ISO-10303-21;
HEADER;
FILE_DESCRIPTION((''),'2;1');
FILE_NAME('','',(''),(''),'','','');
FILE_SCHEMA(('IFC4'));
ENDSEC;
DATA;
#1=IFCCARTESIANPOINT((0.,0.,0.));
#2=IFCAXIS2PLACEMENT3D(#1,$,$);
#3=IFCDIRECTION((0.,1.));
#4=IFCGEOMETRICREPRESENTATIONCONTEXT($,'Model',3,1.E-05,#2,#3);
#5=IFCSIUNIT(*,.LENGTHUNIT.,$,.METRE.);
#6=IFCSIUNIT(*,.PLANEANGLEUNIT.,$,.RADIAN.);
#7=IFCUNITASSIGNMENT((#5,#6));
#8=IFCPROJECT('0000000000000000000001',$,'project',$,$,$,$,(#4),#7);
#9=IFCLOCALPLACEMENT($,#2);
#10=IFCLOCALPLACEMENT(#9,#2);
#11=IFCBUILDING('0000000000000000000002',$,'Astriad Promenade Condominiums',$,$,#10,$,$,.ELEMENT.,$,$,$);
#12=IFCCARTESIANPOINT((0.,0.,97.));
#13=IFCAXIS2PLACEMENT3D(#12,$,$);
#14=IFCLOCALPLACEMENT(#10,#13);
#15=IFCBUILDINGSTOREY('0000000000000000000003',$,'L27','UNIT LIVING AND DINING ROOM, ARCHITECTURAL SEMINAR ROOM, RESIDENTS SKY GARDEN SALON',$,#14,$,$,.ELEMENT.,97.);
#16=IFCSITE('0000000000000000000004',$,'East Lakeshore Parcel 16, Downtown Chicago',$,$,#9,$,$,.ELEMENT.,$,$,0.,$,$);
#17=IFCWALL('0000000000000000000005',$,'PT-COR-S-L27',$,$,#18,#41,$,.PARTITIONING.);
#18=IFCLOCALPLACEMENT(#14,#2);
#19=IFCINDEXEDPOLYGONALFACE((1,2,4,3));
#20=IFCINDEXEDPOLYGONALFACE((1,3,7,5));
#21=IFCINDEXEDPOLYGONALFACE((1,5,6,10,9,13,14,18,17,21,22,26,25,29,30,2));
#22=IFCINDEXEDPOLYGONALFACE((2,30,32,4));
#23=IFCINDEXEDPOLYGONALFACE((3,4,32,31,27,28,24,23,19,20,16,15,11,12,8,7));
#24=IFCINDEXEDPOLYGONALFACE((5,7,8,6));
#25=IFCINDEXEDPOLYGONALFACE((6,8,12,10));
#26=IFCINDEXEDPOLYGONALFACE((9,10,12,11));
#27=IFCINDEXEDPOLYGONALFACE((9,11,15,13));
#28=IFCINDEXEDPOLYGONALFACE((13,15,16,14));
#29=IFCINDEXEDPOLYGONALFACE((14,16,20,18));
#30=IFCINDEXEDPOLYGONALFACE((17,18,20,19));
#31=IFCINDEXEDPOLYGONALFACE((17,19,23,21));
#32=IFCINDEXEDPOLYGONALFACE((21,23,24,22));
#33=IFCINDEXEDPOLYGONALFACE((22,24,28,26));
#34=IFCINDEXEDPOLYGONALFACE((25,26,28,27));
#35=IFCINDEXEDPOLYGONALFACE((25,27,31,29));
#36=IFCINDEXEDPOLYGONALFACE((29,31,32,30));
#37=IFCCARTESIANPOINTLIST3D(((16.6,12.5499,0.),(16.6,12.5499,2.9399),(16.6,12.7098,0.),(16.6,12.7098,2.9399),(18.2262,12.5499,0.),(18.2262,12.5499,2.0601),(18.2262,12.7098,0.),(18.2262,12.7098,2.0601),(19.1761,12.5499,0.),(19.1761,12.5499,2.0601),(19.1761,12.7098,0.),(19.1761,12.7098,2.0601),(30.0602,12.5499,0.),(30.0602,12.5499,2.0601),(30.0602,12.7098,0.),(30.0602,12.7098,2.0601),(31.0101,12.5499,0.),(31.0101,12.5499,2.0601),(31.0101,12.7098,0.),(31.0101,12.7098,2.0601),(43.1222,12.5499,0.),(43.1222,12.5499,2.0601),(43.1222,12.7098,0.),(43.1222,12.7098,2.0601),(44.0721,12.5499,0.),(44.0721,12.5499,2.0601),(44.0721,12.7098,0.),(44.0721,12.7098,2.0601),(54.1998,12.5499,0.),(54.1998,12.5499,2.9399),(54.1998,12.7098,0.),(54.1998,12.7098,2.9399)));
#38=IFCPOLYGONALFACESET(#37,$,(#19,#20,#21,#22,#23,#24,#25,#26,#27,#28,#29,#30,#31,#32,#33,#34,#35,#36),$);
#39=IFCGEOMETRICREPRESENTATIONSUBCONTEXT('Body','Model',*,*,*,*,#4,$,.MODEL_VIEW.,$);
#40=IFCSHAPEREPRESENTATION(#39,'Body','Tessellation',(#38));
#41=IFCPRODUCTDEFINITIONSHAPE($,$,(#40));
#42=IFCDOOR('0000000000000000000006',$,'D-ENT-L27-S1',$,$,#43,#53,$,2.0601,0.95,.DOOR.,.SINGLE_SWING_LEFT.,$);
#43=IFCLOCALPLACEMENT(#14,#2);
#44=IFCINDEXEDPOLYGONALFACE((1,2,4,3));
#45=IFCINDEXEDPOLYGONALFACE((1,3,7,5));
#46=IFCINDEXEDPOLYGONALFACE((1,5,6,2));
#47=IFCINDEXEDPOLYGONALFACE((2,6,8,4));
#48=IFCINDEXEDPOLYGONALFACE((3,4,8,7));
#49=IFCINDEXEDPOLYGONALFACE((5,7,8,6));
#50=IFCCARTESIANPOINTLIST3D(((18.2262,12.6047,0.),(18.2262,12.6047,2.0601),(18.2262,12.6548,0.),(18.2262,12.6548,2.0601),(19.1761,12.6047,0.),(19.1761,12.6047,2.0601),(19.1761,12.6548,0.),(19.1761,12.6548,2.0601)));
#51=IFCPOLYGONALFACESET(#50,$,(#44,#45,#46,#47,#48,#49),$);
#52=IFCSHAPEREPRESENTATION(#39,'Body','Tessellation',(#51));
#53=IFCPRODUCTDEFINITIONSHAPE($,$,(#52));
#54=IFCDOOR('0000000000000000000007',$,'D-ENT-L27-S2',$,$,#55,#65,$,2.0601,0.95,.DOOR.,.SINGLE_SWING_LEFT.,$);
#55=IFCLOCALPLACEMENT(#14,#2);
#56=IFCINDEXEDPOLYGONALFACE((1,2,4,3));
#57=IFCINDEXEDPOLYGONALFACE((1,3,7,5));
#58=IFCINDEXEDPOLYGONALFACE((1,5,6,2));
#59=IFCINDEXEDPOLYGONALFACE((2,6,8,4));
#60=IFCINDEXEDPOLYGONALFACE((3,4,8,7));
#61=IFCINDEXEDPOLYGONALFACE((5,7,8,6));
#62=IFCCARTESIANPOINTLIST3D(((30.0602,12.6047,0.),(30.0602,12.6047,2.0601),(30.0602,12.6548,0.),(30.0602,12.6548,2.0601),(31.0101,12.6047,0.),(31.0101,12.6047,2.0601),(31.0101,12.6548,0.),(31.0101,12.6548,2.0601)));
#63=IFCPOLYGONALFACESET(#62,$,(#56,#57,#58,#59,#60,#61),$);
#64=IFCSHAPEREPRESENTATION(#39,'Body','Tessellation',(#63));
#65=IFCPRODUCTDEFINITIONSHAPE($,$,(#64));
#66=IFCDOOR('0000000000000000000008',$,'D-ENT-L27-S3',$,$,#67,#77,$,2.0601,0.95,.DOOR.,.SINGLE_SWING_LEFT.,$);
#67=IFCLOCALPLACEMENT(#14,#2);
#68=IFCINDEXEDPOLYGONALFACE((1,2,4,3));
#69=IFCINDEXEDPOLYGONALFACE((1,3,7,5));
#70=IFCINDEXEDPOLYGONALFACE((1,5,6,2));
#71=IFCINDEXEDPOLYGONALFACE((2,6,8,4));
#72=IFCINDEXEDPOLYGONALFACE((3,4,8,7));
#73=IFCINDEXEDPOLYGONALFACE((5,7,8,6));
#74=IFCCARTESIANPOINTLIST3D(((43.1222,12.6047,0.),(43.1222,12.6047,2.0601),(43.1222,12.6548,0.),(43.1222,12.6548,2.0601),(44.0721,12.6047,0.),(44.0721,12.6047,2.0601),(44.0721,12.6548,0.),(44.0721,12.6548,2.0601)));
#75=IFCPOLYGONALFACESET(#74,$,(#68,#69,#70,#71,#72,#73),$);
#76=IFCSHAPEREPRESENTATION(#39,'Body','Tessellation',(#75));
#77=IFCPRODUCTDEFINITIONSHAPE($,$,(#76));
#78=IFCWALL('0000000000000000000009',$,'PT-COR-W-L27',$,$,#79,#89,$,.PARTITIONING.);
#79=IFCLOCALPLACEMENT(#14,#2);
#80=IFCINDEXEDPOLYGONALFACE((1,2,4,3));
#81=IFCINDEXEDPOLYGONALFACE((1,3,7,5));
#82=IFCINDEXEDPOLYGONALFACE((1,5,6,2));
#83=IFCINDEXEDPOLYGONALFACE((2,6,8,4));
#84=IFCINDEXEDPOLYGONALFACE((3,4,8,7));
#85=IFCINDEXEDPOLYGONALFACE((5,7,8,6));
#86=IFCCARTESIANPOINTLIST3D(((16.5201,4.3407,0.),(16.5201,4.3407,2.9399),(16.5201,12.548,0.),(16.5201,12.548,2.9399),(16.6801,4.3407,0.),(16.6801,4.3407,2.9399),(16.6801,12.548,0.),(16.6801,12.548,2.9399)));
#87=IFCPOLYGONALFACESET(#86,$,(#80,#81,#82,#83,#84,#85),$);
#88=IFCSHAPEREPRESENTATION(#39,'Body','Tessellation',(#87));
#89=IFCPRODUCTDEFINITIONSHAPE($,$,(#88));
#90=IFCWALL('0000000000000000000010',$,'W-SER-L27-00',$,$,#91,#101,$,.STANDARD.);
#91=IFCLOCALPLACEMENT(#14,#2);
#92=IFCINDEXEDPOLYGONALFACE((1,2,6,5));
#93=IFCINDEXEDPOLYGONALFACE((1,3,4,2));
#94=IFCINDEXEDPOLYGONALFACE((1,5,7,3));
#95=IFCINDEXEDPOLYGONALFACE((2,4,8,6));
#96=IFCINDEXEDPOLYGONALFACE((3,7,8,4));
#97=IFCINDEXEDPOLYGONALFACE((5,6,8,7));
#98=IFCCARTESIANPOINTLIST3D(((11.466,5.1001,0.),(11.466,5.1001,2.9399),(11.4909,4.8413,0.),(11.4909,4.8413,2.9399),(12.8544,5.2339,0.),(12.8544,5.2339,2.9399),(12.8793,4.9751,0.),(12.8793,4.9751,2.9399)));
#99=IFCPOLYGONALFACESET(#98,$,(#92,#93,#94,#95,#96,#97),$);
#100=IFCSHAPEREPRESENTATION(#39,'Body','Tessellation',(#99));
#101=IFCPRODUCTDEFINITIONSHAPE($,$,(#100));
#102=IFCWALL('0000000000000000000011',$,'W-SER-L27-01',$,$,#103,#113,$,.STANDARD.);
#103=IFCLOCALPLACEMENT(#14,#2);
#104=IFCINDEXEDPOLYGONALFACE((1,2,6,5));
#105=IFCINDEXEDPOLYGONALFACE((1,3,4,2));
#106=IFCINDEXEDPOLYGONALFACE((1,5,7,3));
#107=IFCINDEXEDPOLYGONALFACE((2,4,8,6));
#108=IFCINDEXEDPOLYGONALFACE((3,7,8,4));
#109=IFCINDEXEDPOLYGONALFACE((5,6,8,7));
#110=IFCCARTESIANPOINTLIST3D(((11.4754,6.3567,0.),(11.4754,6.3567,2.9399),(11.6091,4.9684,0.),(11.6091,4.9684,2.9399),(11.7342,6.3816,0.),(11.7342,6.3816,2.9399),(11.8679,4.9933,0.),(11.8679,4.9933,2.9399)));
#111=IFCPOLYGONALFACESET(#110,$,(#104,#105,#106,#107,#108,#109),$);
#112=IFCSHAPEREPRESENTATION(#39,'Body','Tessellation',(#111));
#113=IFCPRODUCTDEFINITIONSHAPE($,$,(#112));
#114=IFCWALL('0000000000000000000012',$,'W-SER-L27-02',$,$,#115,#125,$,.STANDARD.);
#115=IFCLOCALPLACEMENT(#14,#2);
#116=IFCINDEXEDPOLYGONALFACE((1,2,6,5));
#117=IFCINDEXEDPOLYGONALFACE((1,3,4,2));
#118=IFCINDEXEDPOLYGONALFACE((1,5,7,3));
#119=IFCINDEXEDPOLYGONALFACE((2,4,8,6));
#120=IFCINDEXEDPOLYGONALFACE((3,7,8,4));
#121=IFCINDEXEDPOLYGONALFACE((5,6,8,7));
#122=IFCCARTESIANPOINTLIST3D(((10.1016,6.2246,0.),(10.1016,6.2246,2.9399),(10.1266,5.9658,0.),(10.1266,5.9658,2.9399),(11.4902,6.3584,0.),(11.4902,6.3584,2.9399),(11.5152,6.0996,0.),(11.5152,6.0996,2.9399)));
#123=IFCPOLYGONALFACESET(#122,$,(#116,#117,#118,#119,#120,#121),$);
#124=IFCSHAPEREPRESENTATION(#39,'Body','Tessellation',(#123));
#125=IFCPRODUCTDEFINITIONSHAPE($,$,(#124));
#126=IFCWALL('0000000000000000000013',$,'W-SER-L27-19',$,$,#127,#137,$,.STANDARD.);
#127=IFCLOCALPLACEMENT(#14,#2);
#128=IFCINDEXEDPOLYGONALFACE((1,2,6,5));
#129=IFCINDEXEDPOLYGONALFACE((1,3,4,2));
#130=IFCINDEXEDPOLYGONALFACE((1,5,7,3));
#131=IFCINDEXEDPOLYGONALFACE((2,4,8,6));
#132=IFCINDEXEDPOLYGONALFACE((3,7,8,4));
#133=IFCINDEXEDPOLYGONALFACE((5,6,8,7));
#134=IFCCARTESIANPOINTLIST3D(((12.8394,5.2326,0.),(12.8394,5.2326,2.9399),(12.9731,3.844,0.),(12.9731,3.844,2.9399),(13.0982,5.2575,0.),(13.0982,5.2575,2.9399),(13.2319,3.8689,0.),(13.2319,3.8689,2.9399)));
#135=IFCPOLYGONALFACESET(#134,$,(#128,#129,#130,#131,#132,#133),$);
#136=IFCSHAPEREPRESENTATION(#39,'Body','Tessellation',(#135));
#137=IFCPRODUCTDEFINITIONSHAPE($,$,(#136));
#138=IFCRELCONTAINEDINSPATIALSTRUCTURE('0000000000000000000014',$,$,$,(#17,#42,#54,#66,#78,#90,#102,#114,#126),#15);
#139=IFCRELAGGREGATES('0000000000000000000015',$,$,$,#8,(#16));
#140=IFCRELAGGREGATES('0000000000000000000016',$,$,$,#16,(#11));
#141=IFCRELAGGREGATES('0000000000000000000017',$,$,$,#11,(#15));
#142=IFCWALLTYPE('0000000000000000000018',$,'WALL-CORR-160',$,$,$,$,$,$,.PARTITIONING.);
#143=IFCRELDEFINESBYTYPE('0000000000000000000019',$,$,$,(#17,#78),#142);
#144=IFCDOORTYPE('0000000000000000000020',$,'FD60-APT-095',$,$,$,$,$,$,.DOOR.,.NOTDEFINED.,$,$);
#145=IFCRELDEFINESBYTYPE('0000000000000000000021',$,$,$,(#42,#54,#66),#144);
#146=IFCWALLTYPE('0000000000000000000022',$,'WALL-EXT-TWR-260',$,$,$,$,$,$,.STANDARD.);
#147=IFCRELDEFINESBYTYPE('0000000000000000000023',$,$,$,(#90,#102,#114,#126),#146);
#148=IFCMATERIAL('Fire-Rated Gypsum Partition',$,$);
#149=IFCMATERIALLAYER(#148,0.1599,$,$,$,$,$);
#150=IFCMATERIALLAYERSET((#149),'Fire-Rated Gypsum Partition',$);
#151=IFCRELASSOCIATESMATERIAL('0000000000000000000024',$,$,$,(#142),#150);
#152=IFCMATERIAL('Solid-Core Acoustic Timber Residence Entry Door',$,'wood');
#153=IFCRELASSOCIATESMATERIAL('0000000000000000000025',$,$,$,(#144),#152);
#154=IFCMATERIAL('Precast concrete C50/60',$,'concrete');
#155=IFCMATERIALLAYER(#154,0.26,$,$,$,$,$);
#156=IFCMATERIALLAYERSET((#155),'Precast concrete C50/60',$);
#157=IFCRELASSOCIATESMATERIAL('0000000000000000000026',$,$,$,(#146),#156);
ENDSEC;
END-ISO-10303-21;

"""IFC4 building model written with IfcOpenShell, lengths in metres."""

from ifc_helpers import new_model, si_unit, direction, frame, frame_2d, origin, place, context, subcontext, project, spatial, rectangle, extrude, source, transform, mapped, material, layer, layer_set, type_object, type_shapes, element, fill, save


model = new_model("IFC4")

# Units and contexts
model_context = context("Model", 3, precision=1e-05, world=origin(), true_north=direction((0.0, 1.0)))
body_context = subcontext(model_context, "Body", "Model", "MODEL_VIEW")
ifc_project = project(units=[si_unit("LENGTHUNIT", "METRE"), si_unit("PLANEANGLEUNIT", "RADIAN")], contexts=[model_context])

# Site, building, storey
site_placement = place(None, origin())
site = spatial("IfcSite", under=ifc_project, at=site_placement, Name="East Lakeshore Parcel 16, Downtown Chicago", CompositionType="ELEMENT", RefElevation=0.0)
building_placement = place(site_placement, origin())
building = spatial("IfcBuilding", under=site, at=building_placement, Name="Astriad Promenade Condominiums", CompositionType="ELEMENT")
storey_placement = place(building_placement, frame((0.0, 0.0, 97.0)))
storey = spatial("IfcBuildingStorey", under=building, at=storey_placement, Name="L27", Description="UNIT LIVING AND DINING ROOM, ARCHITECTURAL SEMINAR ROOM, RESIDENTS SKY GARDEN SALON", CompositionType="ELEMENT", Elevation=97.0)

# Wall, openings, doors
ifc_material_1 = material(Name="Fire-Rated Gypsum Partition")
ifc_layer_1 = layer(ifc_material_1, 0.1599)
ifc_layer_set_1 = layer_set([ifc_layer_1], Name="Fire-Rated Gypsum Partition")
wall_type_1 = type_object("IfcWallType", Name="WALL-CORR-160", PredefinedType="PARTITIONING", material=ifc_layer_set_1)
wall_1_placement = place(storey_placement, frame((16.6001, 12.6299, 0.0), z_axis=(0.0, 0.0, 1.0), x_axis=(1.0, 0.0, 0.0)))
wall_1 = element("IfcWall", 1, at=wall_1_placement, inside=storey, type_object=wall_type_1, Name="PT-COR-S-L27", PredefinedType="PARTITIONING", context=body_context, shape_type="SweptSolid", body=[
    extrude(rectangle(XDim=37.5999, YDim=0.1599, at=frame_2d((18.7998, 0.0))), origin(), (0.0, 0.0, 1.0), 2.9399),
])
opening_1_placement = place(wall_1_placement, frame((1.626, 0.0, 0.0)))
opening_1 = element("IfcOpeningElement", 2, at=opening_1_placement, cuts=wall_1, PredefinedType="OPENING", context=body_context, shape_type="SweptSolid", body=[
    extrude(rectangle(XDim=0.95, YDim=2.0601, at=frame_2d((0.4751, 1.03))), frame((0.0, 0.0898, 0.0), z_axis=(0.0, -1.0, 0.0), x_axis=(1.0, 0.0, 0.0)), (0.0, 0.0, 1.0), 0.1799),
])
opening_2_placement = place(wall_1_placement, frame((13.46, 0.0, 0.0)))
opening_2 = element("IfcOpeningElement", 3, at=opening_2_placement, cuts=wall_1, PredefinedType="OPENING", context=body_context, shape_type="SweptSolid", body=[
    extrude(rectangle(XDim=0.95, YDim=2.0601, at=frame_2d((0.4751, 1.03))), frame((0.0, 0.0898, 0.0), z_axis=(0.0, -1.0, 0.0), x_axis=(1.0, 0.0, 0.0)), (0.0, 0.0, 1.0), 0.1799),
])
opening_3_placement = place(wall_1_placement, frame((26.522, 0.0, 0.0)))
opening_3 = element("IfcOpeningElement", 4, at=opening_3_placement, cuts=wall_1, PredefinedType="OPENING", context=body_context, shape_type="SweptSolid", body=[
    extrude(rectangle(XDim=0.95, YDim=2.0601, at=frame_2d((0.4751, 1.03))), frame((0.0, 0.0898, 0.0), z_axis=(0.0, -1.0, 0.0), x_axis=(1.0, 0.0, 0.0)), (0.0, 0.0, 1.0), 0.1799),
])
ifc_material_2 = material(Name="Solid-Core Acoustic Timber Residence Entry Door", Category="wood")
door_type_1 = type_object("IfcDoorType", Name="FD60-APT-095", OperationType="NOTDEFINED", PredefinedType="DOOR", material=ifc_material_2)
shared_shape_1 = source(origin(), body_context, "Body", "SweptSolid", [
    extrude(rectangle(XDim=0.95, YDim=2.0601, at=frame_2d((0.4751, 1.03))), frame((0.0, 0.0249, 0.0), z_axis=(0.0, -1.0, 0.0), x_axis=(1.0, 0.0, 0.0)), (0.0, 0.0, 1.0), 0.05),
])
type_shapes(door_type_1, [shared_shape_1])
door_1_placement = place(opening_1_placement, origin())
door_1 = element("IfcDoor", 5, at=door_1_placement, inside=storey, type_object=door_type_1, Name="D-ENT-L27-S1", OperationType="SINGLE_SWING_LEFT", OverallHeight=2.0601, OverallWidth=0.95, PredefinedType="DOOR", context=body_context, shape_type="MappedRepresentation", body=[
    mapped(shared_shape_1, transform((0.0, 0.0, 0.0), scale=1.0)),
])
fill(opening_1, door_1)
door_2_placement = place(opening_2_placement, origin())
door_2 = element("IfcDoor", 6, at=door_2_placement, inside=storey, type_object=door_type_1, Name="D-ENT-L27-S2", OperationType="SINGLE_SWING_LEFT", OverallHeight=2.0601, OverallWidth=0.95, PredefinedType="DOOR", context=body_context, shape_type="MappedRepresentation", body=[
    mapped(shared_shape_1, transform((0.0, 0.0, 0.0), scale=1.0)),
])
fill(opening_2, door_2)
door_3_placement = place(opening_3_placement, origin())
door_3 = element("IfcDoor", 7, at=door_3_placement, inside=storey, type_object=door_type_1, Name="D-ENT-L27-S3", OperationType="SINGLE_SWING_LEFT", OverallHeight=2.0601, OverallWidth=0.95, PredefinedType="DOOR", context=body_context, shape_type="MappedRepresentation", body=[
    mapped(shared_shape_1, transform((0.0, 0.0, 0.0), scale=1.0)),
])
fill(opening_3, door_3)

# Walls
wall_2_placement = place(storey_placement, frame((16.6001, 4.3408, 0.0), z_axis=(0.0, 0.0, 1.0), x_axis=(0.0, 1.0, 0.0)))
element("IfcWall", 8, at=wall_2_placement, inside=storey, type_object=wall_type_1, Name="PT-COR-W-L27", PredefinedType="PARTITIONING", context=body_context, shape_type="SweptSolid", body=[
    extrude(rectangle(XDim=8.2073, YDim=0.1599, at=frame_2d((4.1035, 0.0))), origin(), (0.0, 0.0, 1.0), 2.9399),
])
ifc_material_3 = material(Name="Precast concrete C50/60", Category="concrete")
ifc_layer_2 = layer(ifc_material_3, 0.26)
ifc_layer_set_2 = layer_set([ifc_layer_2], Name="Precast concrete C50/60")
wall_type_2 = type_object("IfcWallType", Name="WALL-EXT-TWR-260", PredefinedType="STANDARD", material=ifc_layer_set_2)
for number, where, z_axis, x_axis, name in (
    (9, (12.8667, 5.1045, 0.0), (0.0, 0.0, 1.0), (-0.995389, -0.095916, 0.0), "W-SER-L27-00"),
    (10, (11.7385, 4.981, 0.0), (0.0, 0.0, 1.0), (-0.095916, 0.995389, 0.0), "W-SER-L27-01"),
):
    element("IfcWall", number, at=place(storey_placement, frame(where, z_axis=z_axis, x_axis=x_axis)), inside=storey, type_object=wall_type_2, Name=name, PredefinedType="STANDARD", context=body_context, shape_type="SweptSolid", body=[
        extrude(rectangle(XDim=1.3948, YDim=0.26, at=frame_2d((0.6973, 0.0))), origin(), (0.0, 0.0, 1.0), 2.9399),
    ])
for number, where, z_axis, x_axis, name in (
    (11, (11.5027, 6.229, 0.0), (0.0, 0.0, 1.0), (-0.995391, -0.095899, 0.0), "W-SER-L27-02"),
    (12, (13.1025, 3.8564, 0.0), (0.0, 0.0, 1.0), (-0.095899, 0.995391, 0.0), "W-SER-L27-19"),
):
    element("IfcWall", number, at=place(storey_placement, frame(where, z_axis=z_axis, x_axis=x_axis)), inside=storey, type_object=wall_type_2, Name=name, PredefinedType="STANDARD", context=body_context, shape_type="SweptSolid", body=[
        extrude(rectangle(XDim=1.395, YDim=0.26, at=frame_2d((0.6975, 0.0))), origin(), (0.0, 0.0, 1.0), 2.9399),
    ])

save(model, "model.ifc")
